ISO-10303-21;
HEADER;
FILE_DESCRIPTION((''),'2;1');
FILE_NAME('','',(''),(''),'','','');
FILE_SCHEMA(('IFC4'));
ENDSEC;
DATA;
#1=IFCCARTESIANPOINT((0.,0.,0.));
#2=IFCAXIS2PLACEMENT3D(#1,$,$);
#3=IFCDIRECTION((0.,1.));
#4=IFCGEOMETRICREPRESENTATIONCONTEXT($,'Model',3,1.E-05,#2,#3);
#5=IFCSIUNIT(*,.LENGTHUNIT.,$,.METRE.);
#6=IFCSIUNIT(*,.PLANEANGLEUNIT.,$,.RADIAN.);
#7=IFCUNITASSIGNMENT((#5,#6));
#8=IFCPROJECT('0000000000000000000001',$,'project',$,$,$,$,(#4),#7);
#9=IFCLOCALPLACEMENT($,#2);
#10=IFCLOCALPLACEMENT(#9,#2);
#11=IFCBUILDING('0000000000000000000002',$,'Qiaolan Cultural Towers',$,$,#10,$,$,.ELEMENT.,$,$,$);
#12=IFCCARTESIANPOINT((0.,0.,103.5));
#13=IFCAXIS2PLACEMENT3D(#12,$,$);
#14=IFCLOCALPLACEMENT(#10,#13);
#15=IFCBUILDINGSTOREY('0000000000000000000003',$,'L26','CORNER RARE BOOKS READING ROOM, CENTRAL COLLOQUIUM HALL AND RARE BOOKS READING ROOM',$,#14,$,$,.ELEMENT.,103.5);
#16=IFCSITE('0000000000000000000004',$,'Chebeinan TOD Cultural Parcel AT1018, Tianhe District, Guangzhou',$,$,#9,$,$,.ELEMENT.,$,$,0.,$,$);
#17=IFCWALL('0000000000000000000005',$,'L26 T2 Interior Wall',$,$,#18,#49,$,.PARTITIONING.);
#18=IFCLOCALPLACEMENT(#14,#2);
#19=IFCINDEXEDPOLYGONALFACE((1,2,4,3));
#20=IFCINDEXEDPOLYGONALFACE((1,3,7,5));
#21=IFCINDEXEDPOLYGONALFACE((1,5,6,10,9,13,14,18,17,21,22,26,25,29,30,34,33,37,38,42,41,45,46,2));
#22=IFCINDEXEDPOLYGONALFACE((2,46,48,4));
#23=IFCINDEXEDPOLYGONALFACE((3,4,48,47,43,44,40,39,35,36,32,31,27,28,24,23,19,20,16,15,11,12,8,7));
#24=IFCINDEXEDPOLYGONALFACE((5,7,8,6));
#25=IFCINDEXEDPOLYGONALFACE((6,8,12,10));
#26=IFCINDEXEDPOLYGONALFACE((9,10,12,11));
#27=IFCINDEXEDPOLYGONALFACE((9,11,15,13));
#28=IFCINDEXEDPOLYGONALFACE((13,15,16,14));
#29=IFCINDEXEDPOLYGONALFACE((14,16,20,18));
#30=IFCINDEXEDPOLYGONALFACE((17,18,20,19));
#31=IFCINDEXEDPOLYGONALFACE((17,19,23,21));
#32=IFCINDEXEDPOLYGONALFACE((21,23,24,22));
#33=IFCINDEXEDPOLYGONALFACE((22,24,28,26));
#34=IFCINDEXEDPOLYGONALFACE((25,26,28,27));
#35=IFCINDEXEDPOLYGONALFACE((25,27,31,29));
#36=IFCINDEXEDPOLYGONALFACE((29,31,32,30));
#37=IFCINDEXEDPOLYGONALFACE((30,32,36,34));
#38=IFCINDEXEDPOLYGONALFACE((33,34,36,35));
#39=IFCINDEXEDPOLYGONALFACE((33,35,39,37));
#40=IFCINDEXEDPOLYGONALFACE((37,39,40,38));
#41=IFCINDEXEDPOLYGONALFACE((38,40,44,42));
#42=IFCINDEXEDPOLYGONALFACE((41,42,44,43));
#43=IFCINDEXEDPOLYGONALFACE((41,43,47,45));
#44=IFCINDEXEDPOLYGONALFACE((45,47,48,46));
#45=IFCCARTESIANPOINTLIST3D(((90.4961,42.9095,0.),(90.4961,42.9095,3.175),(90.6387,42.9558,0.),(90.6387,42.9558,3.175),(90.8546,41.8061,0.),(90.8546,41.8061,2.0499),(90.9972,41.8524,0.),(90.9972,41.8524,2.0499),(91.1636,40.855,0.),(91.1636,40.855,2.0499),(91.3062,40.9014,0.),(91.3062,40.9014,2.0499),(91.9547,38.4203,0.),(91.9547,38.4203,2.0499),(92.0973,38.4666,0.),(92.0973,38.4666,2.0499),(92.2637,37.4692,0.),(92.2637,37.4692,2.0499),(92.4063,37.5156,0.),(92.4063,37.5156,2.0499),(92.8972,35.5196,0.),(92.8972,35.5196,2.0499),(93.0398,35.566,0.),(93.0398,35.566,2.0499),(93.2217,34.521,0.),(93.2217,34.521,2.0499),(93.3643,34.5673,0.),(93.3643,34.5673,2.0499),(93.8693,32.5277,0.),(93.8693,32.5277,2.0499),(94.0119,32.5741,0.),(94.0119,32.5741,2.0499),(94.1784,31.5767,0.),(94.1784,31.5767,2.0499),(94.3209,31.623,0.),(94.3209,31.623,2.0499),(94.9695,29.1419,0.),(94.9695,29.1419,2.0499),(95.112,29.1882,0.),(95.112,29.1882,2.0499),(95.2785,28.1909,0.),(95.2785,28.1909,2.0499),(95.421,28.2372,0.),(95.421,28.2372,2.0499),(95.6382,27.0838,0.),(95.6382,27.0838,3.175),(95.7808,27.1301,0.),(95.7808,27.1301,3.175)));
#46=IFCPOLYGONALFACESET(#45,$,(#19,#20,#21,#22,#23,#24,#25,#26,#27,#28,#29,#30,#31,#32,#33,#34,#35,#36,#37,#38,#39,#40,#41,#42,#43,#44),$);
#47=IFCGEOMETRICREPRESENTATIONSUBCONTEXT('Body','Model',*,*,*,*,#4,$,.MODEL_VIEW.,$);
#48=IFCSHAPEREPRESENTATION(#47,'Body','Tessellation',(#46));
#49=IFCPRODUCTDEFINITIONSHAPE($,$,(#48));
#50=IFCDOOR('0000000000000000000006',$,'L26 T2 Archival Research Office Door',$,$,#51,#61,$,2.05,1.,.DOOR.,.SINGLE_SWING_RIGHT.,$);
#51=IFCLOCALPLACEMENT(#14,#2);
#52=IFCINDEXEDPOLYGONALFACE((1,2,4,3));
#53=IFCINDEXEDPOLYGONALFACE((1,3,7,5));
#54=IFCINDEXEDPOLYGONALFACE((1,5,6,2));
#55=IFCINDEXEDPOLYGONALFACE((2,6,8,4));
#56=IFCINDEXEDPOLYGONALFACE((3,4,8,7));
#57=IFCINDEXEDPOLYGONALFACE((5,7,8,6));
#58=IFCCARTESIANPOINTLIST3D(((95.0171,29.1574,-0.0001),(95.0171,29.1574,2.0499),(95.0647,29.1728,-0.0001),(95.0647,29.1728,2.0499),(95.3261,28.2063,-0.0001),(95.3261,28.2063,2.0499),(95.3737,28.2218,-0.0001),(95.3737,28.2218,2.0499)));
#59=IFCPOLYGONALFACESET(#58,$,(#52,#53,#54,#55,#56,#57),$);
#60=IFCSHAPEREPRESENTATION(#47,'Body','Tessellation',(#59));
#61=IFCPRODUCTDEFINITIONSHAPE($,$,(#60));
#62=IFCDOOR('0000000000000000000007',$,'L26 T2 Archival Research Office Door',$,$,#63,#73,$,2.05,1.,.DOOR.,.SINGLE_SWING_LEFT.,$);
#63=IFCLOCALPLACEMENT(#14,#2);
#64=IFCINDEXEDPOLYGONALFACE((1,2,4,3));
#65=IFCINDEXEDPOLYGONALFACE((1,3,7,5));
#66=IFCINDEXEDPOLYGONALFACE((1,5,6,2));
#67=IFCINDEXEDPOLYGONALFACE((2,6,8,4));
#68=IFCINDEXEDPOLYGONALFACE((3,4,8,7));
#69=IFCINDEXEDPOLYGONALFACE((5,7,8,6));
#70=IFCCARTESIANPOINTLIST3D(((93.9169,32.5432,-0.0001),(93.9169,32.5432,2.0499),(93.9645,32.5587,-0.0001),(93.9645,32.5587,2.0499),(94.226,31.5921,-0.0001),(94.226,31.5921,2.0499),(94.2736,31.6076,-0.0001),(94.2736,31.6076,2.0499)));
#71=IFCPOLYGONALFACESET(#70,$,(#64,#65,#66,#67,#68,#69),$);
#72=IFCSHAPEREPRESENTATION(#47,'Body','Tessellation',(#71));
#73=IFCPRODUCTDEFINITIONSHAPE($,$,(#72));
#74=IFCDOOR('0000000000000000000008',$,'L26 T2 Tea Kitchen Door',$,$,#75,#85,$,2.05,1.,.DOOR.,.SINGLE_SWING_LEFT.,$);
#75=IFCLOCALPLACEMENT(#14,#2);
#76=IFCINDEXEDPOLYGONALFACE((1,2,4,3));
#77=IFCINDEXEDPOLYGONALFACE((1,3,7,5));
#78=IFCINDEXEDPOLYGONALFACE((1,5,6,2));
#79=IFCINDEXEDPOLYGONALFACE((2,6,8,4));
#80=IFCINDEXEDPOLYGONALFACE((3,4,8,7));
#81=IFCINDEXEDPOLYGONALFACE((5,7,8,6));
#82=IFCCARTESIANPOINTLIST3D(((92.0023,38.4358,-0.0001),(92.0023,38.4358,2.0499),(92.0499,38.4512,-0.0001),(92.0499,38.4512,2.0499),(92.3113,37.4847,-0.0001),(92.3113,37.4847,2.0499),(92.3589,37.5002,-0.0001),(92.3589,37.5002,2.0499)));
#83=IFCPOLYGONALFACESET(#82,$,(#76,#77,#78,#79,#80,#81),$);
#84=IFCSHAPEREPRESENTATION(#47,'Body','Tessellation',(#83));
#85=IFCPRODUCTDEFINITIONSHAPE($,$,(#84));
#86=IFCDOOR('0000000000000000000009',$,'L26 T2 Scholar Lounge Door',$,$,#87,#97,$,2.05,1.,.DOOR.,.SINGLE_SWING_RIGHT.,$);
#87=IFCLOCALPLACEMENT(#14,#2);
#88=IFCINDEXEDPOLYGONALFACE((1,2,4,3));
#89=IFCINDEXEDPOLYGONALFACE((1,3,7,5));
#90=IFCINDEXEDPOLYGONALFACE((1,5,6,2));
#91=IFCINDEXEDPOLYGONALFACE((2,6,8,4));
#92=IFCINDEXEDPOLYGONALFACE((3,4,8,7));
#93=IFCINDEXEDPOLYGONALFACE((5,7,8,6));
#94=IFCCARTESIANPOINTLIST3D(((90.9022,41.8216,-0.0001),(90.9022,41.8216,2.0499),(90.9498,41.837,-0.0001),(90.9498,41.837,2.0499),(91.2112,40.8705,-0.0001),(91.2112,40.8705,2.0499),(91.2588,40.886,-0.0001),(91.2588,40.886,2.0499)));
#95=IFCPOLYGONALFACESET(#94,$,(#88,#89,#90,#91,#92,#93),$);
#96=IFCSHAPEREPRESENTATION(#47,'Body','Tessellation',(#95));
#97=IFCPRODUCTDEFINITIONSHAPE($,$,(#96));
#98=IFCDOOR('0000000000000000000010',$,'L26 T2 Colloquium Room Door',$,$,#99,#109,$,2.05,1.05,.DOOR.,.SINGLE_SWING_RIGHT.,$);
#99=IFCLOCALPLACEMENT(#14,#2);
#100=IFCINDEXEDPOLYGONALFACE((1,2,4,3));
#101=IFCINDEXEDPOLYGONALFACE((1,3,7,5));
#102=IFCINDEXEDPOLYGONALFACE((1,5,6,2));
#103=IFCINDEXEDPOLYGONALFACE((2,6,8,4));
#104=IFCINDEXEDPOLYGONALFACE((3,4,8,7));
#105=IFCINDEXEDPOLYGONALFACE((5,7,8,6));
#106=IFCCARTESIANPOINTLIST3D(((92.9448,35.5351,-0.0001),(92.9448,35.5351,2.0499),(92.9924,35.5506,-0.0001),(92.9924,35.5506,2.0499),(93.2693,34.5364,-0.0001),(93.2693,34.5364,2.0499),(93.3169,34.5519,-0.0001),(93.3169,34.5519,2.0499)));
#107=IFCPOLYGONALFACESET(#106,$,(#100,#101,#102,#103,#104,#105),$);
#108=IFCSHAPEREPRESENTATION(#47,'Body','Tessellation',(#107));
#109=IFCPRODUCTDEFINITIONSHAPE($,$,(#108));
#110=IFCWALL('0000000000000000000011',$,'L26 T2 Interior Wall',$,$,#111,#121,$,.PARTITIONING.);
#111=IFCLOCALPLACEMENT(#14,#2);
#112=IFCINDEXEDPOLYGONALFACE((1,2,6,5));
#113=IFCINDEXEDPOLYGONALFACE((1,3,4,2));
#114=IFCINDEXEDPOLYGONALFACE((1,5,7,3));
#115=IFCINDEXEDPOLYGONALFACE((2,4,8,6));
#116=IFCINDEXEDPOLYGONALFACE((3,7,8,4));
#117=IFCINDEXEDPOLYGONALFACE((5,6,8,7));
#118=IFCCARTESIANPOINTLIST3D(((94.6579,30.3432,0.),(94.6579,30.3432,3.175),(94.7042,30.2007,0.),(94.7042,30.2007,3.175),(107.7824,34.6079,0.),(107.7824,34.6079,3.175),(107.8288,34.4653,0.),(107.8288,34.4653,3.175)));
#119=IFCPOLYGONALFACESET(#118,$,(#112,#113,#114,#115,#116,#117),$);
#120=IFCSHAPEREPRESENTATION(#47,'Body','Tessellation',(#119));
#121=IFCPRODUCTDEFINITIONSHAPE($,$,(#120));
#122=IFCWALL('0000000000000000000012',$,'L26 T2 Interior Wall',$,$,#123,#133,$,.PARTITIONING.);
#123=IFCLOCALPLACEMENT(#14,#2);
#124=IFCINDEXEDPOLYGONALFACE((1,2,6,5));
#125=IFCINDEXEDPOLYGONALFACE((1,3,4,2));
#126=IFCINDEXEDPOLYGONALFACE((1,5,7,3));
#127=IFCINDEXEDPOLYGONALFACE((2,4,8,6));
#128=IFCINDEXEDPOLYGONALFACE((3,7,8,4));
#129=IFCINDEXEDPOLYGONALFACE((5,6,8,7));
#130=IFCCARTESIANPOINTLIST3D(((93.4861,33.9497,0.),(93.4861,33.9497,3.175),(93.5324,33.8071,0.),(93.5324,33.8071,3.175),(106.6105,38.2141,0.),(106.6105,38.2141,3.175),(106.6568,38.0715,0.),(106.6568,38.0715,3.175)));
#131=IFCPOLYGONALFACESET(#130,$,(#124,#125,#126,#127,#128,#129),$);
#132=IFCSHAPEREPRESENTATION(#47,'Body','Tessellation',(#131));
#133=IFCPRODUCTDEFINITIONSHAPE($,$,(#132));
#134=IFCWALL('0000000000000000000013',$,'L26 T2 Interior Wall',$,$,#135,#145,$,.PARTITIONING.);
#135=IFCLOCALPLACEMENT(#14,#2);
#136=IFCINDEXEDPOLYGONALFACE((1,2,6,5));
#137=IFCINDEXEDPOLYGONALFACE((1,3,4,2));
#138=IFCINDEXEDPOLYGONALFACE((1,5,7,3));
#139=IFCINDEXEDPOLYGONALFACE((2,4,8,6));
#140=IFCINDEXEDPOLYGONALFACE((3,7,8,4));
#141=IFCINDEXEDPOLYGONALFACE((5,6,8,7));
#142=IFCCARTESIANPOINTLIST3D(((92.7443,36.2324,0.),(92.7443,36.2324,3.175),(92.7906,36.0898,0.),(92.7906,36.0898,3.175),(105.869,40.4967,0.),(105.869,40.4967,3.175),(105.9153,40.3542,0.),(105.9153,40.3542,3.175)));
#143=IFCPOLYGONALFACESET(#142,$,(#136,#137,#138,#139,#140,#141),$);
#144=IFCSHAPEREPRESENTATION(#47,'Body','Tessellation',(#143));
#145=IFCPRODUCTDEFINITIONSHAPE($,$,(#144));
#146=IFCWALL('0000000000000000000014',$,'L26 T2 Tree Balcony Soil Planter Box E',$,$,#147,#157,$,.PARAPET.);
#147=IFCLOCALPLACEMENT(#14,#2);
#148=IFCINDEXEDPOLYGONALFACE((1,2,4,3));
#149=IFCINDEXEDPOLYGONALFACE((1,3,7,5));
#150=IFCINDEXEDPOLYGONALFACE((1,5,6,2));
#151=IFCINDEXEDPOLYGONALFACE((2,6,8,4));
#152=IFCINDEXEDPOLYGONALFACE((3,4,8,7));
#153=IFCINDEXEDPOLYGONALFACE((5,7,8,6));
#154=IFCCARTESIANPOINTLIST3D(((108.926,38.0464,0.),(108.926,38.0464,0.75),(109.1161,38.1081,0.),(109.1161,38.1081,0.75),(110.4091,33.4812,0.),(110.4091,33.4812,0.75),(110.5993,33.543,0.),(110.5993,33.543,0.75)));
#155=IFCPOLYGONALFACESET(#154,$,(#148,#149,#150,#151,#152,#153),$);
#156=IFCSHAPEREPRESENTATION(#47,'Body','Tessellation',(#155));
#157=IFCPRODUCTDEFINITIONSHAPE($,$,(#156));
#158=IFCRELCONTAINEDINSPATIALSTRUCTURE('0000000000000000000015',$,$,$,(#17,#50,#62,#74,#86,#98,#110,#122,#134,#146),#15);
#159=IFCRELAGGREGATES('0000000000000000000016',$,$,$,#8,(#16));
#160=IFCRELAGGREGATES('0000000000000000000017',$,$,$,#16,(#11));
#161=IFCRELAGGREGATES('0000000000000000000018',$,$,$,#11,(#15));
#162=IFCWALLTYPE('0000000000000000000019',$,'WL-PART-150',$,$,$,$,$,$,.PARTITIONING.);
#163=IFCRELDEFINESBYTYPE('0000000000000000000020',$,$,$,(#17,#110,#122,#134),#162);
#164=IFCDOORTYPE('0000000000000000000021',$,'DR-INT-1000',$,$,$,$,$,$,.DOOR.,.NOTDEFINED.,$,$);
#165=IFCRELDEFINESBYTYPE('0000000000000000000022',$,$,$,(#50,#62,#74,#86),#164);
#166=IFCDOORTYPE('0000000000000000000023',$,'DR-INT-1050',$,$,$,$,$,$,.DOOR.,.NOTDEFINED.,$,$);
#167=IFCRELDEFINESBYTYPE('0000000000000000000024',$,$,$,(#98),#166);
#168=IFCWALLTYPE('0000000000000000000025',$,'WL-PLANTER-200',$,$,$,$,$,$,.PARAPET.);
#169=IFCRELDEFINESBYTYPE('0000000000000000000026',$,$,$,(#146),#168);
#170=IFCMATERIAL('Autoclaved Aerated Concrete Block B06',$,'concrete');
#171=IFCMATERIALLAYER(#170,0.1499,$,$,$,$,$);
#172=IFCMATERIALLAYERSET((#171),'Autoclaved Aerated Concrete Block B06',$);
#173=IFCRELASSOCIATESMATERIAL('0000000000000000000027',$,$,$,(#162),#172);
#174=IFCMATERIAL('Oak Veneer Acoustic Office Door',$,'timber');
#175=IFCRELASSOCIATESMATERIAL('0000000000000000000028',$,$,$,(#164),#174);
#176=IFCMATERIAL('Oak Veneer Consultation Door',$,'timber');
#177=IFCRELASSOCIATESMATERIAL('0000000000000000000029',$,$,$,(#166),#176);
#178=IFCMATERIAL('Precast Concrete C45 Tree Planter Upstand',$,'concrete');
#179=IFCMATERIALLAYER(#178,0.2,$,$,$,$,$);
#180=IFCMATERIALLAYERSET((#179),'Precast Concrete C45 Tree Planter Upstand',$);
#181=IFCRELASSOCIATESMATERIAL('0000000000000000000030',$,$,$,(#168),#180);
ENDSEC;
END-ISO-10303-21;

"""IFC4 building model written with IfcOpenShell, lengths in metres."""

from ifc_helpers import new_model, si_unit, direction, frame, frame_2d, origin, place, context, subcontext, project, spatial, rectangle, extrude, material, layer, layer_set, type_object, element, fill, save


model = new_model("IFC4")

# Units and contexts
model_context = context("Model", 3, precision=1e-05, world=origin(), true_north=direction((0.0, 1.0)))
body_context = subcontext(model_context, "Body", "Model", "MODEL_VIEW")
ifc_project = project(units=[si_unit("LENGTHUNIT", "METRE"), si_unit("PLANEANGLEUNIT", "RADIAN")], contexts=[model_context])

# Site, building, storey
site_placement = place(None, origin())
site = spatial("IfcSite", under=ifc_project, at=site_placement, Name="Chebeinan TOD Cultural Parcel AT1018, Tianhe District, Guangzhou", CompositionType="ELEMENT", RefElevation=0.0)
building_placement = place(site_placement, origin())
building = spatial("IfcBuilding", under=site, at=building_placement, Name="Qiaolan Cultural Towers", CompositionType="ELEMENT")
storey_placement = place(building_placement, frame((0.0, 0.0, 103.5)))
storey = spatial("IfcBuildingStorey", under=building, at=storey_placement, Name="L26", Description="CORNER RARE BOOKS READING ROOM, CENTRAL COLLOQUIUM HALL AND RARE BOOKS READING ROOM", CompositionType="ELEMENT", Elevation=103.5)

# Shared definitions
ifc_material_1 = material(Name="Autoclaved Aerated Concrete Block B06", Category="concrete")
ifc_layer_1 = layer(ifc_material_1, 0.1499)
ifc_layer_set_1 = layer_set([ifc_layer_1], Name="Autoclaved Aerated Concrete Block B06")
wall_type_1 = type_object("IfcWallType", Name="WL-PART-150", PredefinedType="PARTITIONING", material=ifc_layer_set_1)
ifc_material_2 = material(Name="Oak Veneer Acoustic Office Door", Category="timber")
door_type_1 = type_object("IfcDoorType", Name="DR-INT-1000", OperationType="NOTDEFINED", PredefinedType="DOOR", material=ifc_material_2)

# Wall, openings, doors
wall_1_placement = place(storey_placement, frame((95.7095, 27.1069, 0.0), z_axis=(0.0, 0.0, 1.0), x_axis=(-0.309018, 0.951056, 0.0)))
wall_1 = element("IfcWall", 1, at=wall_1_placement, inside=storey, type_object=wall_type_1, Name="L26 T2 Interior Wall", PredefinedType="PARTITIONING", context=body_context, shape_type="SweptSolid", body=[
    extrude(rectangle(XDim=16.6401, YDim=0.1499, at=frame_2d((8.3201, 0.0))), origin(), (0.0, 0.0, 1.0), 3.175),
])
opening_1_placement = place(wall_1_placement, frame((1.1641, 0.0, 0.0)))
opening_1 = element("IfcOpeningElement", 2, at=opening_1_placement, cuts=wall_1, PredefinedType="OPENING", context=body_context, shape_type="SweptSolid", body=[
    extrude(rectangle(XDim=1.0, YDim=2.05, at=frame_2d((0.5, 1.0249))), frame((0.0, 0.085, 0.0), z_axis=(0.0, -1.0, 0.0), x_axis=(1.0, 0.0, 0.0)), (0.0, 0.0, 1.0), 0.1699),
])
opening_2_placement = place(wall_1_placement, frame((4.7241, 0.0, 0.0)))
opening_2 = element("IfcOpeningElement", 3, at=opening_2_placement, cuts=wall_1, PredefinedType="OPENING", context=body_context, shape_type="SweptSolid", body=[
    extrude(rectangle(XDim=1.0, YDim=2.05, at=frame_2d((0.5, 1.0249))), frame((0.0, 0.085, 0.0), z_axis=(0.0, -1.0, 0.0), x_axis=(1.0, 0.0, 0.0)), (0.0, 0.0, 1.0), 0.1699),
])
opening_3_placement = place(wall_1_placement, frame((7.8201, 0.0, 0.0)))
opening_3 = element("IfcOpeningElement", 4, at=opening_3_placement, cuts=wall_1, PredefinedType="OPENING", context=body_context, shape_type="SweptSolid", body=[
    extrude(rectangle(XDim=1.05, YDim=2.05, at=frame_2d((0.5249, 1.0249))), frame((0.0, 0.085, 0.0), z_axis=(0.0, -1.0, 0.0), x_axis=(1.0, 0.0, 0.0)), (0.0, 0.0, 1.0), 0.1699),
])
opening_4_placement = place(wall_1_placement, frame((10.9199, 0.0, 0.0)))
opening_4 = element("IfcOpeningElement", 5, at=opening_4_placement, cuts=wall_1, PredefinedType="OPENING", context=body_context, shape_type="SweptSolid", body=[
    extrude(rectangle(XDim=1.0, YDim=2.05, at=frame_2d((0.5, 1.0249))), frame((0.0, 0.085, 0.0), z_axis=(0.0, -1.0, 0.0), x_axis=(1.0, 0.0, 0.0)), (0.0, 0.0, 1.0), 0.1699),
])
opening_5_placement = place(wall_1_placement, frame((14.48, 0.0, 0.0)))
opening_5 = element("IfcOpeningElement", 6, at=opening_5_placement, cuts=wall_1, PredefinedType="OPENING", context=body_context, shape_type="SweptSolid", body=[
    extrude(rectangle(XDim=1.0, YDim=2.05, at=frame_2d((0.5, 1.0249))), frame((0.0, 0.085, 0.0), z_axis=(0.0, -1.0, 0.0), x_axis=(1.0, 0.0, 0.0)), (0.0, 0.0, 1.0), 0.1699),
])
door_1_placement = place(opening_1_placement, origin())
door_1 = element("IfcDoor", 7, at=door_1_placement, inside=storey, type_object=door_type_1, Name="L26 T2 Archival Research Office Door", OperationType="SINGLE_SWING_RIGHT", OverallHeight=2.05, OverallWidth=1.0, PredefinedType="DOOR", context=body_context, shape_type="SweptSolid", body=[
    extrude(rectangle(XDim=1.0, YDim=2.05, at=frame_2d((0.5, 1.0249))), frame((0.0, 0.0249, 0.0), z_axis=(0.0, -1.0, 0.0), x_axis=(1.0, 0.0, 0.0)), (0.0, 0.0, 1.0), 0.05),
])
fill(opening_1, door_1)
door_2_placement = place(opening_2_placement, origin())
door_2 = element("IfcDoor", 8, at=door_2_placement, inside=storey, type_object=door_type_1, Name="L26 T2 Archival Research Office Door", OperationType="SINGLE_SWING_LEFT", OverallHeight=2.05, OverallWidth=1.0, PredefinedType="DOOR", context=body_context, shape_type="SweptSolid", body=[
    extrude(rectangle(XDim=1.0, YDim=2.05, at=frame_2d((0.5, 1.0249))), frame((0.0, 0.0249, 0.0), z_axis=(0.0, -1.0, 0.0), x_axis=(1.0, 0.0, 0.0)), (0.0, 0.0, 1.0), 0.05),
])
fill(opening_2, door_2)
door_3_placement = place(opening_4_placement, origin())
door_3 = element("IfcDoor", 9, at=door_3_placement, inside=storey, type_object=door_type_1, Name="L26 T2 Tea Kitchen Door", OperationType="SINGLE_SWING_LEFT", OverallHeight=2.05, OverallWidth=1.0, PredefinedType="DOOR", context=body_context, shape_type="SweptSolid", body=[
    extrude(rectangle(XDim=1.0, YDim=2.05, at=frame_2d((0.5, 1.0249))), frame((0.0, 0.0249, 0.0), z_axis=(0.0, -1.0, 0.0), x_axis=(1.0, 0.0, 0.0)), (0.0, 0.0, 1.0), 0.05),
])
fill(opening_4, door_3)
door_4_placement = place(opening_5_placement, origin())
door_4 = element("IfcDoor", 10, at=door_4_placement, inside=storey, type_object=door_type_1, Name="L26 T2 Scholar Lounge Door", OperationType="SINGLE_SWING_RIGHT", OverallHeight=2.05, OverallWidth=1.0, PredefinedType="DOOR", context=body_context, shape_type="SweptSolid", body=[
    extrude(rectangle(XDim=1.0, YDim=2.05, at=frame_2d((0.5, 1.0249))), frame((0.0, 0.0249, 0.0), z_axis=(0.0, -1.0, 0.0), x_axis=(1.0, 0.0, 0.0)), (0.0, 0.0, 1.0), 0.05),
])
fill(opening_5, door_4)
ifc_material_3 = material(Name="Oak Veneer Consultation Door", Category="timber")
door_type_2 = type_object("IfcDoorType", Name="DR-INT-1050", OperationType="NOTDEFINED", PredefinedType="DOOR", material=ifc_material_3)
door_5_placement = place(opening_3_placement, origin())
door_5 = element("IfcDoor", 11, at=door_5_placement, inside=storey, type_object=door_type_2, Name="L26 T2 Colloquium Room Door", OperationType="SINGLE_SWING_RIGHT", OverallHeight=2.05, OverallWidth=1.05, PredefinedType="DOOR", context=body_context, shape_type="SweptSolid", body=[
    extrude(rectangle(XDim=1.05, YDim=2.05, at=frame_2d((0.5249, 1.0249))), frame((0.0, 0.0249, 0.0), z_axis=(0.0, -1.0, 0.0), x_axis=(1.0, 0.0, 0.0)), (0.0, 0.0, 1.0), 0.05),
])
fill(opening_3, door_5)

# Walls
wall_2_placement = place(storey_placement, frame((94.6812, 30.272, 0.0), z_axis=(0.0, 0.0, 1.0), x_axis=(0.951051, 0.309032, 0.0)))
element("IfcWall", 12, at=wall_2_placement, inside=storey, type_object=wall_type_1, Name="L26 T2 Interior Wall", PredefinedType="PARTITIONING", context=body_context, shape_type="SweptSolid", body=[
    extrude(rectangle(XDim=13.8, YDim=0.1499, at=frame_2d((6.8999, 0.0))), origin(), (0.0, 0.0, 1.0), 3.175),
])
wall_3_placement = place(storey_placement, frame((93.5093, 33.8784, 0.0), z_axis=(0.0, 0.0, 1.0), x_axis=(0.951057, 0.309016, 0.0)))
element("IfcWall", 13, at=wall_3_placement, inside=storey, type_object=wall_type_1, Name="L26 T2 Interior Wall", PredefinedType="PARTITIONING", context=body_context, shape_type="SweptSolid", body=[
    extrude(rectangle(XDim=13.7998, YDim=0.1499, at=frame_2d((6.8999, 0.0))), origin(), (0.0, 0.0, 1.0), 3.175),
])
wall_4_placement = place(storey_placement, frame((92.7676, 36.1611, 0.0), z_axis=(0.0, 0.0, 1.0), x_axis=(0.951058, 0.309011, 0.0)))
element("IfcWall", 14, at=wall_4_placement, inside=storey, type_object=wall_type_1, Name="L26 T2 Interior Wall", PredefinedType="PARTITIONING", context=body_context, shape_type="SweptSolid", body=[
    extrude(rectangle(XDim=13.8, YDim=0.1499, at=frame_2d((6.8999, 0.0))), origin(), (0.0, 0.0, 1.0), 3.175),
])
ifc_material_4 = material(Name="Precast Concrete C45 Tree Planter Upstand", Category="concrete")
ifc_layer_2 = layer(ifc_material_4, 0.2)
ifc_layer_set_2 = layer_set([ifc_layer_2], Name="Precast Concrete C45 Tree Planter Upstand")
wall_type_2 = type_object("IfcWallType", Name="WL-PLANTER-200", PredefinedType="PARAPET", material=ifc_layer_set_2)
wall_5_placement = place(storey_placement, frame((110.5042, 33.5122, 0.0), z_axis=(0.0, 0.0, 1.0), x_axis=(-0.308986, 0.951067, 0.0)))
element("IfcWall", 15, at=wall_5_placement, inside=storey, type_object=wall_type_2, Name="L26 T2 Tree Balcony Soil Planter Box E", PredefinedType="PARAPET", context=body_context, shape_type="SweptSolid", body=[
    extrude(rectangle(XDim=4.8, YDim=0.2, at=frame_2d((2.3999, 0.0))), origin(), (0.0, 0.0, 1.0), 0.75),
])

save(model, "model.ifc")
